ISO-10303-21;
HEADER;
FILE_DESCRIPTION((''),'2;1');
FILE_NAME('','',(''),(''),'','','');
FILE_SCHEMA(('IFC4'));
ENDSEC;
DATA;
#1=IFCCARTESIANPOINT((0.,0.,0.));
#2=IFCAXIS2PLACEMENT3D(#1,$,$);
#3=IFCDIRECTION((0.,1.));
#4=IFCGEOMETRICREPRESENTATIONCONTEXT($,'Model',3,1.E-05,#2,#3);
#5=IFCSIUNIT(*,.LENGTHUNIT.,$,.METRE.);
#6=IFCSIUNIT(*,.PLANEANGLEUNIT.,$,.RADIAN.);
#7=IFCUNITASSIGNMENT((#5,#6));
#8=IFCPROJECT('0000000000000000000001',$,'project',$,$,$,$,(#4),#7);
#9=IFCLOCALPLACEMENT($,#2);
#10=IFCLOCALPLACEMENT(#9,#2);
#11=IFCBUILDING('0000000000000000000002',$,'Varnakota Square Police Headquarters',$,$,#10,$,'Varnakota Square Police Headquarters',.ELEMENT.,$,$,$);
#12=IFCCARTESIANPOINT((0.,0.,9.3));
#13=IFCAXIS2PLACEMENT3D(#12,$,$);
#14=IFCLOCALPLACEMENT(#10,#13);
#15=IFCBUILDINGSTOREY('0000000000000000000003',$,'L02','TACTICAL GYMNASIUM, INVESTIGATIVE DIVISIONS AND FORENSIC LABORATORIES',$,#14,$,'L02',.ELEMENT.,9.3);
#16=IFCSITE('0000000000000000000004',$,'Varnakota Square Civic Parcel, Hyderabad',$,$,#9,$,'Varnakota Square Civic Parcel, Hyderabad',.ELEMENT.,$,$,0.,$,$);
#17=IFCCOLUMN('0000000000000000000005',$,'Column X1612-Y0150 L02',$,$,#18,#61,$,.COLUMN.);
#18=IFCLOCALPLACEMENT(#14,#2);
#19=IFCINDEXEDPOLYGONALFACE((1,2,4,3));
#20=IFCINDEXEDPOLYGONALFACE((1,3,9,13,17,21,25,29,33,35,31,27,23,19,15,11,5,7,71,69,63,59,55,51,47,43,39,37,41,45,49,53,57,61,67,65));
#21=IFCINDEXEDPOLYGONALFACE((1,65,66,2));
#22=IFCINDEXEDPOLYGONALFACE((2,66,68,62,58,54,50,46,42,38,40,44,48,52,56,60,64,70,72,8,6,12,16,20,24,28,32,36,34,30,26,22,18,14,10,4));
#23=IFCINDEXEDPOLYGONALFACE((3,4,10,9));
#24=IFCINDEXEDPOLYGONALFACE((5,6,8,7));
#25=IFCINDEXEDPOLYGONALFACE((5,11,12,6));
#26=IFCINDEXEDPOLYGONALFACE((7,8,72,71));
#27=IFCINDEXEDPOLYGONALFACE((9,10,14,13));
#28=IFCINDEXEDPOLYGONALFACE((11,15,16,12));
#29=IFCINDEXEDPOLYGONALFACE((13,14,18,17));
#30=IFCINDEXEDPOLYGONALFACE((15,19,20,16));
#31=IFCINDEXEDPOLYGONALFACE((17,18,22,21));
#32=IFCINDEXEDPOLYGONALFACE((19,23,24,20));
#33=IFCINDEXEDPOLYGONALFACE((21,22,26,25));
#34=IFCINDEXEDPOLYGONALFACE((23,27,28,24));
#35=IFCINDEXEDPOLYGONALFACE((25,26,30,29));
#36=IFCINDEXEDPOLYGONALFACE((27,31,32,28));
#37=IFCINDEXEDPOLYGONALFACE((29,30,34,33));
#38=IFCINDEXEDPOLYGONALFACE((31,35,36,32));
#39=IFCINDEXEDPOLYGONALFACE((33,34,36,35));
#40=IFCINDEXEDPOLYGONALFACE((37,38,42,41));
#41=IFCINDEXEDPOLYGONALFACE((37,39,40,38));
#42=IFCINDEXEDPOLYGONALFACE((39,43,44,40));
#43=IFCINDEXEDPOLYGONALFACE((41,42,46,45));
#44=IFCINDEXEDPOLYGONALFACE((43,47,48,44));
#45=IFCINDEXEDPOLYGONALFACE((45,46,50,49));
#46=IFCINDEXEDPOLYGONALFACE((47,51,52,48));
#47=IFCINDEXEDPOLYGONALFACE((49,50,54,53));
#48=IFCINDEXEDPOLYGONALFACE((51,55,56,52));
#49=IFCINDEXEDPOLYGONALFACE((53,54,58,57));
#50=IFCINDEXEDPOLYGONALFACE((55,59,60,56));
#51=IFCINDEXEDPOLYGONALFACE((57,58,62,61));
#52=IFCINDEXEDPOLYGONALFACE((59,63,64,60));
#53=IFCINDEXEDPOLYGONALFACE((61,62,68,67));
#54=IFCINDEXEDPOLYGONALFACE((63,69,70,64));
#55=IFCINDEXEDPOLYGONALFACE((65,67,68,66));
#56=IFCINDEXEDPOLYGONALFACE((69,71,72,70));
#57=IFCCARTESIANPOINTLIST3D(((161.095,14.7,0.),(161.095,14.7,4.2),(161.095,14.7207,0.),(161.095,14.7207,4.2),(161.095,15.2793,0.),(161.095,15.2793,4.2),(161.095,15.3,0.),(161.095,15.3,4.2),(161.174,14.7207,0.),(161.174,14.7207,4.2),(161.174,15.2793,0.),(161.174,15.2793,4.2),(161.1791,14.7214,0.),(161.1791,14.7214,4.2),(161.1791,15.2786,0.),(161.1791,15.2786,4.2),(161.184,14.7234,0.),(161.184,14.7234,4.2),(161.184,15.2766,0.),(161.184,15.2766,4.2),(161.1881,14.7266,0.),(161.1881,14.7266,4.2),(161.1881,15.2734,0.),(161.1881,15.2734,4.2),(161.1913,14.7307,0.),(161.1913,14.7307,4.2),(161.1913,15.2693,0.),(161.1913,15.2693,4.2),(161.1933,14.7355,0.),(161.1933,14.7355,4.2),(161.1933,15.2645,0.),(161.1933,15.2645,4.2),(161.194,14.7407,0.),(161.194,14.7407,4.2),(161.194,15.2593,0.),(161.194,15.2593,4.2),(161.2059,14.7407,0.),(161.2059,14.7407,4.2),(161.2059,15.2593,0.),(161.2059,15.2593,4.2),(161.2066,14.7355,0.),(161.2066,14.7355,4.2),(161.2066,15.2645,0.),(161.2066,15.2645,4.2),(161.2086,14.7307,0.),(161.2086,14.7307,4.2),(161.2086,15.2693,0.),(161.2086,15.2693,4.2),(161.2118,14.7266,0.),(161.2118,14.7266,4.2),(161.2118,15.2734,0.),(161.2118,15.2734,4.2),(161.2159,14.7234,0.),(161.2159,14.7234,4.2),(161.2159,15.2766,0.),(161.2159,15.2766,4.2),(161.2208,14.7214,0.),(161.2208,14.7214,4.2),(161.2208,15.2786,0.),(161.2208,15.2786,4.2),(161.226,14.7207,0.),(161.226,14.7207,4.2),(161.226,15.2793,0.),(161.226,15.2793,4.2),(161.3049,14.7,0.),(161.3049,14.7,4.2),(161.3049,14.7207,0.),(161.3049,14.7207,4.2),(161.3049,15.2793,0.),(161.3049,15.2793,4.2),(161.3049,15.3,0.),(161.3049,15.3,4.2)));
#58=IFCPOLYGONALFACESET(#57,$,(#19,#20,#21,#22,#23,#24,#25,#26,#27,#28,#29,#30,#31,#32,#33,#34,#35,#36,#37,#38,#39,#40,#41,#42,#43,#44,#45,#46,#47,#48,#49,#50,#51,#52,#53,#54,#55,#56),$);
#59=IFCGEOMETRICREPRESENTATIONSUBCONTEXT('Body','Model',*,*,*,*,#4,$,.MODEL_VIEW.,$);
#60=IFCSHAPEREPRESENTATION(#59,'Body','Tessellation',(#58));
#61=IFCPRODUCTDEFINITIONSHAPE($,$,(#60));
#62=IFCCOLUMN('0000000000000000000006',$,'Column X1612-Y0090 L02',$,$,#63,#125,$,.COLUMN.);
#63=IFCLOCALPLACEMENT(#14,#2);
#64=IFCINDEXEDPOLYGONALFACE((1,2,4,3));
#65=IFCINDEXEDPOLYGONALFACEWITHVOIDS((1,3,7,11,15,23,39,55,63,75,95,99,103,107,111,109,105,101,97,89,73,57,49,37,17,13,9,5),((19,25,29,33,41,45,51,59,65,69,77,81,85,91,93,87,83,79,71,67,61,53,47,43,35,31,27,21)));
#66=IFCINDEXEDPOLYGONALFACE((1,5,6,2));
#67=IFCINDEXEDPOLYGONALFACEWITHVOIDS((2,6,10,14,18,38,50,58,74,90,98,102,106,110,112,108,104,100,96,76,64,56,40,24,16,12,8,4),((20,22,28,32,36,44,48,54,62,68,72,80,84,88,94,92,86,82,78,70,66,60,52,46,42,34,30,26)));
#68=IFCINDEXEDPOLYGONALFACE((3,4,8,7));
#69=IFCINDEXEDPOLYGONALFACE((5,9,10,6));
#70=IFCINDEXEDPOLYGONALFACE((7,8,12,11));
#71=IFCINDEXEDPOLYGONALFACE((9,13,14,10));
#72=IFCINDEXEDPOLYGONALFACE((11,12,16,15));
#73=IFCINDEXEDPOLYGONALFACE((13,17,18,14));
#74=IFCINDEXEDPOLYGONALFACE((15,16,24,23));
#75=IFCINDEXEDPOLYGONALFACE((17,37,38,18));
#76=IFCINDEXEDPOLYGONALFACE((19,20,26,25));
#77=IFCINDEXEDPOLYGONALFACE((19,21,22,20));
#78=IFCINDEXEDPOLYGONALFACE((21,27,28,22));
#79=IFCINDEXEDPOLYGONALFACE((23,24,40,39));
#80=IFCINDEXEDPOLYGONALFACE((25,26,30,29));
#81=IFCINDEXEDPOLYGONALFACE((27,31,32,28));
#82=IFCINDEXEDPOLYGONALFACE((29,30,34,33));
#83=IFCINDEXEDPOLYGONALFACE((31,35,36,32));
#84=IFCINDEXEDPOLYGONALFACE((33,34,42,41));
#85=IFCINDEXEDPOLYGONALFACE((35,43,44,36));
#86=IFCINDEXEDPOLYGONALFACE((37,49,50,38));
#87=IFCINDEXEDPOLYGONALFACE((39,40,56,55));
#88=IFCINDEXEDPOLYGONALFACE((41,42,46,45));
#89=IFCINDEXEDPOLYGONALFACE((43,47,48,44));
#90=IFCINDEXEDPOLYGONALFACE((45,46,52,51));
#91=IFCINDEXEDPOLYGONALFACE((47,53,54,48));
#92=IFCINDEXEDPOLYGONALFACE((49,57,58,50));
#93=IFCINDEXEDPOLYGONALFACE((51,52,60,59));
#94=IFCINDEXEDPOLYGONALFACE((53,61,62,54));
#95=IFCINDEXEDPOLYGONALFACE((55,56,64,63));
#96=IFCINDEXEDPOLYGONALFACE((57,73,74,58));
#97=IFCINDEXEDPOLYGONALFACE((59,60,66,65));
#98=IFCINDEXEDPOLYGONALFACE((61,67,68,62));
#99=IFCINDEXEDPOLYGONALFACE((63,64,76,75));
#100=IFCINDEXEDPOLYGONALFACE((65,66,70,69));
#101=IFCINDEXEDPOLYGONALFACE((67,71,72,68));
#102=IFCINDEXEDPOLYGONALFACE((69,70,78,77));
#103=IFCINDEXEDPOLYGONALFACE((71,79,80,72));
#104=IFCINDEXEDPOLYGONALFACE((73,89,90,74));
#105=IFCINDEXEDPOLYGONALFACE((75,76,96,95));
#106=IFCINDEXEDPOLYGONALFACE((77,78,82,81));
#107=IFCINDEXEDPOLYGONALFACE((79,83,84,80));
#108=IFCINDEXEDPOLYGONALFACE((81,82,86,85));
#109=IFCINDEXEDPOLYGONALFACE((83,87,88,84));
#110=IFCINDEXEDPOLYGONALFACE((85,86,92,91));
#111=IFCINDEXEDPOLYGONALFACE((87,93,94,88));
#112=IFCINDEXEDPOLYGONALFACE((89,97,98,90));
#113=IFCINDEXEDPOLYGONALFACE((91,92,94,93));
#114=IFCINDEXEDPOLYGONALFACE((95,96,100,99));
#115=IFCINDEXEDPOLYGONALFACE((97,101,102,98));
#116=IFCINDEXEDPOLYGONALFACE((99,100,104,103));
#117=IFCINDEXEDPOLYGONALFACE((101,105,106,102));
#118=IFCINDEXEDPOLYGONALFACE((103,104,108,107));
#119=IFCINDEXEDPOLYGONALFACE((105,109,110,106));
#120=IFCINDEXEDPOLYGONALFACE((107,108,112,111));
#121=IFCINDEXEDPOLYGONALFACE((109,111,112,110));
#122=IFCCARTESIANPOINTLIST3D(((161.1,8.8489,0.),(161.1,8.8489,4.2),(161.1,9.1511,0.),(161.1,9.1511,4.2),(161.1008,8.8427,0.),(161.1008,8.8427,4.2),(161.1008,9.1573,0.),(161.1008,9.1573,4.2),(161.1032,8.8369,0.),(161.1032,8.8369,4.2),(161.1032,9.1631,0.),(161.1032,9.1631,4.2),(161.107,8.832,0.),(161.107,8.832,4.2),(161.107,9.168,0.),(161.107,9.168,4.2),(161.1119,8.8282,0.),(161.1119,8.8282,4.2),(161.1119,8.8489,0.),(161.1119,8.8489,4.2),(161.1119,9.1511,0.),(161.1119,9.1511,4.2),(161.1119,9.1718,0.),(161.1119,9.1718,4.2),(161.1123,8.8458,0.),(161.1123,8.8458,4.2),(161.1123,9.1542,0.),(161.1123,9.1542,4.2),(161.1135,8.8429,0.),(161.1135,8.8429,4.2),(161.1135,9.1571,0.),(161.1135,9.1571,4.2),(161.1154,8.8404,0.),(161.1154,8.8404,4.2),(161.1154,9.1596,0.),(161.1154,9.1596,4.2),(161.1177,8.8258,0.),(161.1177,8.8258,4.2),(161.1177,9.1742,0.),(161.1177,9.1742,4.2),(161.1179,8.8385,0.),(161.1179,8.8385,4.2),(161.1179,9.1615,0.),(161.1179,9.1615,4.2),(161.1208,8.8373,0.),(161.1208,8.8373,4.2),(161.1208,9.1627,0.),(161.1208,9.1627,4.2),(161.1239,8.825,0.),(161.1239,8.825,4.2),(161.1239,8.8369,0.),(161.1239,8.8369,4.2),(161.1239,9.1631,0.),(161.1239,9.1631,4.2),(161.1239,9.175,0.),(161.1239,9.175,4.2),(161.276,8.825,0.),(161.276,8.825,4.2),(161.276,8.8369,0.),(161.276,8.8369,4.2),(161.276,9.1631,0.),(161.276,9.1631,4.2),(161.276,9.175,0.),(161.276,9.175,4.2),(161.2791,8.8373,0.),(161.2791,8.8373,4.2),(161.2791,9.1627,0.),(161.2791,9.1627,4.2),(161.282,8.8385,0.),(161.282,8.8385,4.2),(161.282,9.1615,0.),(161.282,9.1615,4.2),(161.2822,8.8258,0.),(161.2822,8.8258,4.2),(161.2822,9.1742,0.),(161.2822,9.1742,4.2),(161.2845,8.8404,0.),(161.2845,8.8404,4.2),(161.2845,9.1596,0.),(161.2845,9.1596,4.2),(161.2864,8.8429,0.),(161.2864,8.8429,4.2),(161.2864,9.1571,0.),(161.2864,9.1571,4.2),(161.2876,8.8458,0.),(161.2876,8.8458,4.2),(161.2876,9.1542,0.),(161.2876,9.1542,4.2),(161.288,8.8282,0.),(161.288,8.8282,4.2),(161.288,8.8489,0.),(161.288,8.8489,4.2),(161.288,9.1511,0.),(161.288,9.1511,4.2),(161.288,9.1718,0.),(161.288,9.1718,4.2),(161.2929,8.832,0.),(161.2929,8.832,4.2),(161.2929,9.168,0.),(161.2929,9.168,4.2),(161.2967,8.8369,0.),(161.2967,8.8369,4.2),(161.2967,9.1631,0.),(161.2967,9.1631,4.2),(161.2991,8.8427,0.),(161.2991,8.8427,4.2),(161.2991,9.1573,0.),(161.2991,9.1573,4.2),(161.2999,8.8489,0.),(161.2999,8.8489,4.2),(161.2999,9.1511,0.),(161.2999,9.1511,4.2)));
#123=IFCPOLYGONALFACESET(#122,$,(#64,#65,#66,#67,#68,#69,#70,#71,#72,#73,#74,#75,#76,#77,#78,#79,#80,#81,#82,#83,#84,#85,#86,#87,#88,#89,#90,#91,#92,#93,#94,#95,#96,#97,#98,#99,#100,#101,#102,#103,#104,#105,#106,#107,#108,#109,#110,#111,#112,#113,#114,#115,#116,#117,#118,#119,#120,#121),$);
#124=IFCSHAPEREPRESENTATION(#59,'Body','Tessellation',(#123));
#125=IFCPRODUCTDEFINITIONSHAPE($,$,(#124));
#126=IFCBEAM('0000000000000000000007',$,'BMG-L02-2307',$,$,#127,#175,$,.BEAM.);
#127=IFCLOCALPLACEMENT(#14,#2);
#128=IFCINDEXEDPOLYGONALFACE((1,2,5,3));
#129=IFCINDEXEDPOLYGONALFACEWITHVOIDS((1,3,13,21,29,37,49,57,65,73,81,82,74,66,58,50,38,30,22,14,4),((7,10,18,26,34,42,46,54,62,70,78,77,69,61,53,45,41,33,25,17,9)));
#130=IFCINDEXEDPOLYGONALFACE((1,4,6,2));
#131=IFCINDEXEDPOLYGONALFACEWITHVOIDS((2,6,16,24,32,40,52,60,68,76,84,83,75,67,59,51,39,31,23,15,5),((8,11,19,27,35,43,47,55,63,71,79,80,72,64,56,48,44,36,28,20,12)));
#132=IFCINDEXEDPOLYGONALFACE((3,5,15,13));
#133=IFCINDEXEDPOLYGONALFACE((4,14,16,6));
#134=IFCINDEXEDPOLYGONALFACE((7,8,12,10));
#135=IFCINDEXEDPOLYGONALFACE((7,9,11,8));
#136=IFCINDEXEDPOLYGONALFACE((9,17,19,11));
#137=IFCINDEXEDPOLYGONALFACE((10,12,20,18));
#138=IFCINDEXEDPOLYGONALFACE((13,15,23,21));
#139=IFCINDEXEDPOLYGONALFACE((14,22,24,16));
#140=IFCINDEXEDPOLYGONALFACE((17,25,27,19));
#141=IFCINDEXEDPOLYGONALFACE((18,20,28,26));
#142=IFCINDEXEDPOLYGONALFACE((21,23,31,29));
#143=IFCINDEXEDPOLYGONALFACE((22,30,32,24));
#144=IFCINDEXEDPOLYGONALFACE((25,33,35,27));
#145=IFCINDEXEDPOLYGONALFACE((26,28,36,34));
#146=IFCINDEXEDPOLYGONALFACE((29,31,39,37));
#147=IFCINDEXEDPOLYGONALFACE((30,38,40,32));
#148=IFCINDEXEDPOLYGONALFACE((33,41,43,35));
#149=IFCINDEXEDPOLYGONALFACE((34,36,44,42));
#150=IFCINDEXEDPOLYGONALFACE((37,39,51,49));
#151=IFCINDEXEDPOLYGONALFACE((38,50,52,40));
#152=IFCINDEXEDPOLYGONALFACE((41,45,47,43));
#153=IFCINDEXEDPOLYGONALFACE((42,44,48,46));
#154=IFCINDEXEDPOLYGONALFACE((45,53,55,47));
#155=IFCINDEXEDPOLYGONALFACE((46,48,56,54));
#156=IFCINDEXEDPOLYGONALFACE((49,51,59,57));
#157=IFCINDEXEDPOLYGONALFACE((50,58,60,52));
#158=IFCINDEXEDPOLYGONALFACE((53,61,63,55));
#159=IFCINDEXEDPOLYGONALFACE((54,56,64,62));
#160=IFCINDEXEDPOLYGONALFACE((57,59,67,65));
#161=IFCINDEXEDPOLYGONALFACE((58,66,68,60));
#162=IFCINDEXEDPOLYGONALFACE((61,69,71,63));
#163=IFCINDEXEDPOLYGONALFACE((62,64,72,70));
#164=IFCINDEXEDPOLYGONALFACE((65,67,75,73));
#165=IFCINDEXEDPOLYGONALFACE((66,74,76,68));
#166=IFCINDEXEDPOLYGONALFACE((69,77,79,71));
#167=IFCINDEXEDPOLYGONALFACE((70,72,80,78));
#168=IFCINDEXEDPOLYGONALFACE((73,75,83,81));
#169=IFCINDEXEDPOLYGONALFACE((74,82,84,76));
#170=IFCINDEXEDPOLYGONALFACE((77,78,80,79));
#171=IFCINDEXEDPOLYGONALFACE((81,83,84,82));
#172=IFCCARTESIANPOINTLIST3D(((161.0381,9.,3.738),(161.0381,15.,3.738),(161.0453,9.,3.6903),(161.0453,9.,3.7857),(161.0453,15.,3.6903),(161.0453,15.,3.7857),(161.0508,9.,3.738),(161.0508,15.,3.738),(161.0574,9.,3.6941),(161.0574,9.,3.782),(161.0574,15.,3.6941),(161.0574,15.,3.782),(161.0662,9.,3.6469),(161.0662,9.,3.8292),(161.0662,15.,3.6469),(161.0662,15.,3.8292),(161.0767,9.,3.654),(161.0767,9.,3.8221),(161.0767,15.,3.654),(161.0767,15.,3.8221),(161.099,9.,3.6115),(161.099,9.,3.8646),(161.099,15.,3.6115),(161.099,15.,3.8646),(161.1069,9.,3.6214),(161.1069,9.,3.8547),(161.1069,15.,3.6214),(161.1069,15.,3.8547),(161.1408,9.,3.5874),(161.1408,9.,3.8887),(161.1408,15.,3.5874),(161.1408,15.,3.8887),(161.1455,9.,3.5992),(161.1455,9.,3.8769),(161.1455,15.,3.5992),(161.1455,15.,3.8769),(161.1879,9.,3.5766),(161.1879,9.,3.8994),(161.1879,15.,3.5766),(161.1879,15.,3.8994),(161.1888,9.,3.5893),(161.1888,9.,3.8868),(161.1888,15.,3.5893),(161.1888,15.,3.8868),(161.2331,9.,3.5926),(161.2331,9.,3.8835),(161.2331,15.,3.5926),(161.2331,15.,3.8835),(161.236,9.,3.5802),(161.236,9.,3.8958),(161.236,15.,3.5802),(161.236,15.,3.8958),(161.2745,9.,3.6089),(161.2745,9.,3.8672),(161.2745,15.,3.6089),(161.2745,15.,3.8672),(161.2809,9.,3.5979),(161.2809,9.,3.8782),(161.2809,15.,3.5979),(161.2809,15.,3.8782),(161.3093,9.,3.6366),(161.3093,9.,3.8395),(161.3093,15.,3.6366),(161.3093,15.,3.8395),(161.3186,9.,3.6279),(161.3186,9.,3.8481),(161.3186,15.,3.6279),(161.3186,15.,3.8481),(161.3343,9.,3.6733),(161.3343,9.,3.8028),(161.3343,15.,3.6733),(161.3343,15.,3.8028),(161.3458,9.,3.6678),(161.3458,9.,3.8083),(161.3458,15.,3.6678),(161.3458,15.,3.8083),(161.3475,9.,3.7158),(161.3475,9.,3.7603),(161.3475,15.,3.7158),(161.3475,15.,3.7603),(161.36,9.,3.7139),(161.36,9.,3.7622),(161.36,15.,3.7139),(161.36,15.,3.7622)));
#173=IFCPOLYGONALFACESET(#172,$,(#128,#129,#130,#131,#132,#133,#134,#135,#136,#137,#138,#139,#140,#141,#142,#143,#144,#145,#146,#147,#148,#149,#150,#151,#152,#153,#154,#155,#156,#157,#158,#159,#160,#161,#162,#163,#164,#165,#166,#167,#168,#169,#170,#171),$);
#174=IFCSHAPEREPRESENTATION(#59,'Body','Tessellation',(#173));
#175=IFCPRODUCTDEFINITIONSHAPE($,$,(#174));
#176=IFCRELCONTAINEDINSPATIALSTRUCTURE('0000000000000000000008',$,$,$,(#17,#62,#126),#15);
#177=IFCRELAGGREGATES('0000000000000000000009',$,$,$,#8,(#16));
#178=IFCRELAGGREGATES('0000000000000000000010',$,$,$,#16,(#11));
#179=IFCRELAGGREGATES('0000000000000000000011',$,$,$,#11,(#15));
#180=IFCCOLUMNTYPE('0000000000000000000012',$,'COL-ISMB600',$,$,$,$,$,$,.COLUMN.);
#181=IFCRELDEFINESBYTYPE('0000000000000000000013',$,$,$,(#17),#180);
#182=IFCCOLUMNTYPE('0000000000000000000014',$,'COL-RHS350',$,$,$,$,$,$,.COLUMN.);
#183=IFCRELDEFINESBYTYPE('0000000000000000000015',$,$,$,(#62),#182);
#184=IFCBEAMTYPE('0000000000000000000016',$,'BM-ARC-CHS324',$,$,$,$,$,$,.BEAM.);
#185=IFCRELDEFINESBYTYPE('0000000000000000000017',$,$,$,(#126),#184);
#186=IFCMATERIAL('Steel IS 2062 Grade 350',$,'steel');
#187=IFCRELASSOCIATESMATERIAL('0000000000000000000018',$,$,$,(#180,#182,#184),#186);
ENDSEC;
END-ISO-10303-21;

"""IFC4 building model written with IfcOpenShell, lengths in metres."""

from ifc_helpers import new_model, si_unit, direction, frame, origin, origin_2d, place, context, subcontext, project, spatial, hollow_rectangle, hollow_circle, i_section, extrude, material, material_profile, profile_set, type_object, element, save


model = new_model("IFC4")

# Units and contexts
model_context = context("Model", 3, precision=1e-05, world=origin(), true_north=direction((0.0, 1.0)))
body_context = subcontext(model_context, "Body", "Model", "MODEL_VIEW")
ifc_project = project(units=[si_unit("LENGTHUNIT", "METRE"), si_unit("PLANEANGLEUNIT", "RADIAN")], contexts=[model_context])

# Site, building, storey
site_placement = place(None, origin())
site = spatial("IfcSite", under=ifc_project, at=site_placement, Name="Varnakota Square Civic Parcel, Hyderabad", LongName="Varnakota Square Civic Parcel, Hyderabad", CompositionType="ELEMENT", RefElevation=0.0)
building_placement = place(site_placement, origin())
building = spatial("IfcBuilding", under=site, at=building_placement, Name="Varnakota Square Police Headquarters", LongName="Varnakota Square Police Headquarters", CompositionType="ELEMENT")
storey_placement = place(building_placement, frame((0.0, 0.0, 9.3)))
storey = spatial("IfcBuildingStorey", under=building, at=storey_placement, Name="L02", Description="TACTICAL GYMNASIUM, INVESTIGATIVE DIVISIONS AND FORENSIC LABORATORIES", LongName="L02", CompositionType="ELEMENT", Elevation=9.3)

# Columns
ifc_material_1 = material(Name="Steel IS 2062 Grade 350", Category="steel")
ifc_material_profile_1 = material_profile(ifc_material_1, i_section(OverallWidth=0.21, OverallDepth=0.6001, WebThickness=0.012, FlangeThickness=0.0208, FilletRadius=0.02, at=origin_2d()), Name="ISMB 600")
ifc_profile_set_1 = profile_set([ifc_material_profile_1], Name="Steel IS 2062 Grade 350")
column_type_1 = type_object("IfcColumnType", Name="COL-ISMB600", PredefinedType="COLUMN", material=ifc_profile_set_1)
column_1_placement = place(storey_placement, frame((161.2, 15.0, 0.0), z_axis=(0.0, 0.0, 1.0), x_axis=(1.0, 0.0, 0.0)))
element("IfcColumn", 1, at=column_1_placement, inside=storey, type_object=column_type_1, Name="Column X1612-Y0150 L02", PredefinedType="COLUMN", context=body_context, shape_type="SweptSolid", body=[
    extrude(i_section(OverallWidth=0.21, OverallDepth=0.6001, WebThickness=0.012, FlangeThickness=0.0208, FilletRadius=0.02, at=origin_2d()), origin(), (0.0, 0.0, 1.0), 4.2),
])
ifc_material_profile_2 = material_profile(ifc_material_1, hollow_rectangle(XDim=0.2, YDim=0.3501, WallThickness=0.012, InnerFilletRadius=0.012, OuterFilletRadius=0.0239, at=origin_2d()), Name="RHS 350x200x12")
ifc_profile_set_2 = profile_set([ifc_material_profile_2], Name="Steel IS 2062 Grade 350")
column_type_2 = type_object("IfcColumnType", Name="COL-RHS350", PredefinedType="COLUMN", material=ifc_profile_set_2)
column_2_placement = place(storey_placement, frame((161.2, 9.0, 0.0), z_axis=(0.0, 0.0, 1.0), x_axis=(1.0, 0.0, 0.0)))
element("IfcColumn", 2, at=column_2_placement, inside=storey, type_object=column_type_2, Name="Column X1612-Y0090 L02", PredefinedType="COLUMN", context=body_context, shape_type="SweptSolid", body=[
    extrude(hollow_rectangle(XDim=0.2, YDim=0.3501, WallThickness=0.012, InnerFilletRadius=0.012, OuterFilletRadius=0.0239, at=origin_2d()), origin(), (0.0, 0.0, 1.0), 4.2),
])

# Beam
ifc_material_profile_3 = material_profile(ifc_material_1, hollow_circle(Radius=0.1619, WallThickness=0.0127, at=origin_2d()), Name="CHS 323.9x12.7")
ifc_profile_set_3 = profile_set([ifc_material_profile_3], Name="Steel IS 2062 Grade 350")
beam_type_1 = type_object("IfcBeamType", Name="BM-ARC-CHS324", PredefinedType="BEAM", material=ifc_profile_set_3)
beam_1_placement = place(storey_placement, frame((161.2, 9.0, 3.738), z_axis=(0.0, 1.0, 0.0), x_axis=(-1.0, 0.0, 0.0)))
element("IfcBeam", 3, at=beam_1_placement, inside=storey, type_object=beam_type_1, Name="BMG-L02-2307", PredefinedType="BEAM", context=body_context, shape_type="SweptSolid", body=[
    extrude(hollow_circle(Radius=0.1619, WallThickness=0.0127, at=origin_2d()), origin(), (0.0, 0.0, 1.0), 6.0),
])

save(model, "model.ifc")
